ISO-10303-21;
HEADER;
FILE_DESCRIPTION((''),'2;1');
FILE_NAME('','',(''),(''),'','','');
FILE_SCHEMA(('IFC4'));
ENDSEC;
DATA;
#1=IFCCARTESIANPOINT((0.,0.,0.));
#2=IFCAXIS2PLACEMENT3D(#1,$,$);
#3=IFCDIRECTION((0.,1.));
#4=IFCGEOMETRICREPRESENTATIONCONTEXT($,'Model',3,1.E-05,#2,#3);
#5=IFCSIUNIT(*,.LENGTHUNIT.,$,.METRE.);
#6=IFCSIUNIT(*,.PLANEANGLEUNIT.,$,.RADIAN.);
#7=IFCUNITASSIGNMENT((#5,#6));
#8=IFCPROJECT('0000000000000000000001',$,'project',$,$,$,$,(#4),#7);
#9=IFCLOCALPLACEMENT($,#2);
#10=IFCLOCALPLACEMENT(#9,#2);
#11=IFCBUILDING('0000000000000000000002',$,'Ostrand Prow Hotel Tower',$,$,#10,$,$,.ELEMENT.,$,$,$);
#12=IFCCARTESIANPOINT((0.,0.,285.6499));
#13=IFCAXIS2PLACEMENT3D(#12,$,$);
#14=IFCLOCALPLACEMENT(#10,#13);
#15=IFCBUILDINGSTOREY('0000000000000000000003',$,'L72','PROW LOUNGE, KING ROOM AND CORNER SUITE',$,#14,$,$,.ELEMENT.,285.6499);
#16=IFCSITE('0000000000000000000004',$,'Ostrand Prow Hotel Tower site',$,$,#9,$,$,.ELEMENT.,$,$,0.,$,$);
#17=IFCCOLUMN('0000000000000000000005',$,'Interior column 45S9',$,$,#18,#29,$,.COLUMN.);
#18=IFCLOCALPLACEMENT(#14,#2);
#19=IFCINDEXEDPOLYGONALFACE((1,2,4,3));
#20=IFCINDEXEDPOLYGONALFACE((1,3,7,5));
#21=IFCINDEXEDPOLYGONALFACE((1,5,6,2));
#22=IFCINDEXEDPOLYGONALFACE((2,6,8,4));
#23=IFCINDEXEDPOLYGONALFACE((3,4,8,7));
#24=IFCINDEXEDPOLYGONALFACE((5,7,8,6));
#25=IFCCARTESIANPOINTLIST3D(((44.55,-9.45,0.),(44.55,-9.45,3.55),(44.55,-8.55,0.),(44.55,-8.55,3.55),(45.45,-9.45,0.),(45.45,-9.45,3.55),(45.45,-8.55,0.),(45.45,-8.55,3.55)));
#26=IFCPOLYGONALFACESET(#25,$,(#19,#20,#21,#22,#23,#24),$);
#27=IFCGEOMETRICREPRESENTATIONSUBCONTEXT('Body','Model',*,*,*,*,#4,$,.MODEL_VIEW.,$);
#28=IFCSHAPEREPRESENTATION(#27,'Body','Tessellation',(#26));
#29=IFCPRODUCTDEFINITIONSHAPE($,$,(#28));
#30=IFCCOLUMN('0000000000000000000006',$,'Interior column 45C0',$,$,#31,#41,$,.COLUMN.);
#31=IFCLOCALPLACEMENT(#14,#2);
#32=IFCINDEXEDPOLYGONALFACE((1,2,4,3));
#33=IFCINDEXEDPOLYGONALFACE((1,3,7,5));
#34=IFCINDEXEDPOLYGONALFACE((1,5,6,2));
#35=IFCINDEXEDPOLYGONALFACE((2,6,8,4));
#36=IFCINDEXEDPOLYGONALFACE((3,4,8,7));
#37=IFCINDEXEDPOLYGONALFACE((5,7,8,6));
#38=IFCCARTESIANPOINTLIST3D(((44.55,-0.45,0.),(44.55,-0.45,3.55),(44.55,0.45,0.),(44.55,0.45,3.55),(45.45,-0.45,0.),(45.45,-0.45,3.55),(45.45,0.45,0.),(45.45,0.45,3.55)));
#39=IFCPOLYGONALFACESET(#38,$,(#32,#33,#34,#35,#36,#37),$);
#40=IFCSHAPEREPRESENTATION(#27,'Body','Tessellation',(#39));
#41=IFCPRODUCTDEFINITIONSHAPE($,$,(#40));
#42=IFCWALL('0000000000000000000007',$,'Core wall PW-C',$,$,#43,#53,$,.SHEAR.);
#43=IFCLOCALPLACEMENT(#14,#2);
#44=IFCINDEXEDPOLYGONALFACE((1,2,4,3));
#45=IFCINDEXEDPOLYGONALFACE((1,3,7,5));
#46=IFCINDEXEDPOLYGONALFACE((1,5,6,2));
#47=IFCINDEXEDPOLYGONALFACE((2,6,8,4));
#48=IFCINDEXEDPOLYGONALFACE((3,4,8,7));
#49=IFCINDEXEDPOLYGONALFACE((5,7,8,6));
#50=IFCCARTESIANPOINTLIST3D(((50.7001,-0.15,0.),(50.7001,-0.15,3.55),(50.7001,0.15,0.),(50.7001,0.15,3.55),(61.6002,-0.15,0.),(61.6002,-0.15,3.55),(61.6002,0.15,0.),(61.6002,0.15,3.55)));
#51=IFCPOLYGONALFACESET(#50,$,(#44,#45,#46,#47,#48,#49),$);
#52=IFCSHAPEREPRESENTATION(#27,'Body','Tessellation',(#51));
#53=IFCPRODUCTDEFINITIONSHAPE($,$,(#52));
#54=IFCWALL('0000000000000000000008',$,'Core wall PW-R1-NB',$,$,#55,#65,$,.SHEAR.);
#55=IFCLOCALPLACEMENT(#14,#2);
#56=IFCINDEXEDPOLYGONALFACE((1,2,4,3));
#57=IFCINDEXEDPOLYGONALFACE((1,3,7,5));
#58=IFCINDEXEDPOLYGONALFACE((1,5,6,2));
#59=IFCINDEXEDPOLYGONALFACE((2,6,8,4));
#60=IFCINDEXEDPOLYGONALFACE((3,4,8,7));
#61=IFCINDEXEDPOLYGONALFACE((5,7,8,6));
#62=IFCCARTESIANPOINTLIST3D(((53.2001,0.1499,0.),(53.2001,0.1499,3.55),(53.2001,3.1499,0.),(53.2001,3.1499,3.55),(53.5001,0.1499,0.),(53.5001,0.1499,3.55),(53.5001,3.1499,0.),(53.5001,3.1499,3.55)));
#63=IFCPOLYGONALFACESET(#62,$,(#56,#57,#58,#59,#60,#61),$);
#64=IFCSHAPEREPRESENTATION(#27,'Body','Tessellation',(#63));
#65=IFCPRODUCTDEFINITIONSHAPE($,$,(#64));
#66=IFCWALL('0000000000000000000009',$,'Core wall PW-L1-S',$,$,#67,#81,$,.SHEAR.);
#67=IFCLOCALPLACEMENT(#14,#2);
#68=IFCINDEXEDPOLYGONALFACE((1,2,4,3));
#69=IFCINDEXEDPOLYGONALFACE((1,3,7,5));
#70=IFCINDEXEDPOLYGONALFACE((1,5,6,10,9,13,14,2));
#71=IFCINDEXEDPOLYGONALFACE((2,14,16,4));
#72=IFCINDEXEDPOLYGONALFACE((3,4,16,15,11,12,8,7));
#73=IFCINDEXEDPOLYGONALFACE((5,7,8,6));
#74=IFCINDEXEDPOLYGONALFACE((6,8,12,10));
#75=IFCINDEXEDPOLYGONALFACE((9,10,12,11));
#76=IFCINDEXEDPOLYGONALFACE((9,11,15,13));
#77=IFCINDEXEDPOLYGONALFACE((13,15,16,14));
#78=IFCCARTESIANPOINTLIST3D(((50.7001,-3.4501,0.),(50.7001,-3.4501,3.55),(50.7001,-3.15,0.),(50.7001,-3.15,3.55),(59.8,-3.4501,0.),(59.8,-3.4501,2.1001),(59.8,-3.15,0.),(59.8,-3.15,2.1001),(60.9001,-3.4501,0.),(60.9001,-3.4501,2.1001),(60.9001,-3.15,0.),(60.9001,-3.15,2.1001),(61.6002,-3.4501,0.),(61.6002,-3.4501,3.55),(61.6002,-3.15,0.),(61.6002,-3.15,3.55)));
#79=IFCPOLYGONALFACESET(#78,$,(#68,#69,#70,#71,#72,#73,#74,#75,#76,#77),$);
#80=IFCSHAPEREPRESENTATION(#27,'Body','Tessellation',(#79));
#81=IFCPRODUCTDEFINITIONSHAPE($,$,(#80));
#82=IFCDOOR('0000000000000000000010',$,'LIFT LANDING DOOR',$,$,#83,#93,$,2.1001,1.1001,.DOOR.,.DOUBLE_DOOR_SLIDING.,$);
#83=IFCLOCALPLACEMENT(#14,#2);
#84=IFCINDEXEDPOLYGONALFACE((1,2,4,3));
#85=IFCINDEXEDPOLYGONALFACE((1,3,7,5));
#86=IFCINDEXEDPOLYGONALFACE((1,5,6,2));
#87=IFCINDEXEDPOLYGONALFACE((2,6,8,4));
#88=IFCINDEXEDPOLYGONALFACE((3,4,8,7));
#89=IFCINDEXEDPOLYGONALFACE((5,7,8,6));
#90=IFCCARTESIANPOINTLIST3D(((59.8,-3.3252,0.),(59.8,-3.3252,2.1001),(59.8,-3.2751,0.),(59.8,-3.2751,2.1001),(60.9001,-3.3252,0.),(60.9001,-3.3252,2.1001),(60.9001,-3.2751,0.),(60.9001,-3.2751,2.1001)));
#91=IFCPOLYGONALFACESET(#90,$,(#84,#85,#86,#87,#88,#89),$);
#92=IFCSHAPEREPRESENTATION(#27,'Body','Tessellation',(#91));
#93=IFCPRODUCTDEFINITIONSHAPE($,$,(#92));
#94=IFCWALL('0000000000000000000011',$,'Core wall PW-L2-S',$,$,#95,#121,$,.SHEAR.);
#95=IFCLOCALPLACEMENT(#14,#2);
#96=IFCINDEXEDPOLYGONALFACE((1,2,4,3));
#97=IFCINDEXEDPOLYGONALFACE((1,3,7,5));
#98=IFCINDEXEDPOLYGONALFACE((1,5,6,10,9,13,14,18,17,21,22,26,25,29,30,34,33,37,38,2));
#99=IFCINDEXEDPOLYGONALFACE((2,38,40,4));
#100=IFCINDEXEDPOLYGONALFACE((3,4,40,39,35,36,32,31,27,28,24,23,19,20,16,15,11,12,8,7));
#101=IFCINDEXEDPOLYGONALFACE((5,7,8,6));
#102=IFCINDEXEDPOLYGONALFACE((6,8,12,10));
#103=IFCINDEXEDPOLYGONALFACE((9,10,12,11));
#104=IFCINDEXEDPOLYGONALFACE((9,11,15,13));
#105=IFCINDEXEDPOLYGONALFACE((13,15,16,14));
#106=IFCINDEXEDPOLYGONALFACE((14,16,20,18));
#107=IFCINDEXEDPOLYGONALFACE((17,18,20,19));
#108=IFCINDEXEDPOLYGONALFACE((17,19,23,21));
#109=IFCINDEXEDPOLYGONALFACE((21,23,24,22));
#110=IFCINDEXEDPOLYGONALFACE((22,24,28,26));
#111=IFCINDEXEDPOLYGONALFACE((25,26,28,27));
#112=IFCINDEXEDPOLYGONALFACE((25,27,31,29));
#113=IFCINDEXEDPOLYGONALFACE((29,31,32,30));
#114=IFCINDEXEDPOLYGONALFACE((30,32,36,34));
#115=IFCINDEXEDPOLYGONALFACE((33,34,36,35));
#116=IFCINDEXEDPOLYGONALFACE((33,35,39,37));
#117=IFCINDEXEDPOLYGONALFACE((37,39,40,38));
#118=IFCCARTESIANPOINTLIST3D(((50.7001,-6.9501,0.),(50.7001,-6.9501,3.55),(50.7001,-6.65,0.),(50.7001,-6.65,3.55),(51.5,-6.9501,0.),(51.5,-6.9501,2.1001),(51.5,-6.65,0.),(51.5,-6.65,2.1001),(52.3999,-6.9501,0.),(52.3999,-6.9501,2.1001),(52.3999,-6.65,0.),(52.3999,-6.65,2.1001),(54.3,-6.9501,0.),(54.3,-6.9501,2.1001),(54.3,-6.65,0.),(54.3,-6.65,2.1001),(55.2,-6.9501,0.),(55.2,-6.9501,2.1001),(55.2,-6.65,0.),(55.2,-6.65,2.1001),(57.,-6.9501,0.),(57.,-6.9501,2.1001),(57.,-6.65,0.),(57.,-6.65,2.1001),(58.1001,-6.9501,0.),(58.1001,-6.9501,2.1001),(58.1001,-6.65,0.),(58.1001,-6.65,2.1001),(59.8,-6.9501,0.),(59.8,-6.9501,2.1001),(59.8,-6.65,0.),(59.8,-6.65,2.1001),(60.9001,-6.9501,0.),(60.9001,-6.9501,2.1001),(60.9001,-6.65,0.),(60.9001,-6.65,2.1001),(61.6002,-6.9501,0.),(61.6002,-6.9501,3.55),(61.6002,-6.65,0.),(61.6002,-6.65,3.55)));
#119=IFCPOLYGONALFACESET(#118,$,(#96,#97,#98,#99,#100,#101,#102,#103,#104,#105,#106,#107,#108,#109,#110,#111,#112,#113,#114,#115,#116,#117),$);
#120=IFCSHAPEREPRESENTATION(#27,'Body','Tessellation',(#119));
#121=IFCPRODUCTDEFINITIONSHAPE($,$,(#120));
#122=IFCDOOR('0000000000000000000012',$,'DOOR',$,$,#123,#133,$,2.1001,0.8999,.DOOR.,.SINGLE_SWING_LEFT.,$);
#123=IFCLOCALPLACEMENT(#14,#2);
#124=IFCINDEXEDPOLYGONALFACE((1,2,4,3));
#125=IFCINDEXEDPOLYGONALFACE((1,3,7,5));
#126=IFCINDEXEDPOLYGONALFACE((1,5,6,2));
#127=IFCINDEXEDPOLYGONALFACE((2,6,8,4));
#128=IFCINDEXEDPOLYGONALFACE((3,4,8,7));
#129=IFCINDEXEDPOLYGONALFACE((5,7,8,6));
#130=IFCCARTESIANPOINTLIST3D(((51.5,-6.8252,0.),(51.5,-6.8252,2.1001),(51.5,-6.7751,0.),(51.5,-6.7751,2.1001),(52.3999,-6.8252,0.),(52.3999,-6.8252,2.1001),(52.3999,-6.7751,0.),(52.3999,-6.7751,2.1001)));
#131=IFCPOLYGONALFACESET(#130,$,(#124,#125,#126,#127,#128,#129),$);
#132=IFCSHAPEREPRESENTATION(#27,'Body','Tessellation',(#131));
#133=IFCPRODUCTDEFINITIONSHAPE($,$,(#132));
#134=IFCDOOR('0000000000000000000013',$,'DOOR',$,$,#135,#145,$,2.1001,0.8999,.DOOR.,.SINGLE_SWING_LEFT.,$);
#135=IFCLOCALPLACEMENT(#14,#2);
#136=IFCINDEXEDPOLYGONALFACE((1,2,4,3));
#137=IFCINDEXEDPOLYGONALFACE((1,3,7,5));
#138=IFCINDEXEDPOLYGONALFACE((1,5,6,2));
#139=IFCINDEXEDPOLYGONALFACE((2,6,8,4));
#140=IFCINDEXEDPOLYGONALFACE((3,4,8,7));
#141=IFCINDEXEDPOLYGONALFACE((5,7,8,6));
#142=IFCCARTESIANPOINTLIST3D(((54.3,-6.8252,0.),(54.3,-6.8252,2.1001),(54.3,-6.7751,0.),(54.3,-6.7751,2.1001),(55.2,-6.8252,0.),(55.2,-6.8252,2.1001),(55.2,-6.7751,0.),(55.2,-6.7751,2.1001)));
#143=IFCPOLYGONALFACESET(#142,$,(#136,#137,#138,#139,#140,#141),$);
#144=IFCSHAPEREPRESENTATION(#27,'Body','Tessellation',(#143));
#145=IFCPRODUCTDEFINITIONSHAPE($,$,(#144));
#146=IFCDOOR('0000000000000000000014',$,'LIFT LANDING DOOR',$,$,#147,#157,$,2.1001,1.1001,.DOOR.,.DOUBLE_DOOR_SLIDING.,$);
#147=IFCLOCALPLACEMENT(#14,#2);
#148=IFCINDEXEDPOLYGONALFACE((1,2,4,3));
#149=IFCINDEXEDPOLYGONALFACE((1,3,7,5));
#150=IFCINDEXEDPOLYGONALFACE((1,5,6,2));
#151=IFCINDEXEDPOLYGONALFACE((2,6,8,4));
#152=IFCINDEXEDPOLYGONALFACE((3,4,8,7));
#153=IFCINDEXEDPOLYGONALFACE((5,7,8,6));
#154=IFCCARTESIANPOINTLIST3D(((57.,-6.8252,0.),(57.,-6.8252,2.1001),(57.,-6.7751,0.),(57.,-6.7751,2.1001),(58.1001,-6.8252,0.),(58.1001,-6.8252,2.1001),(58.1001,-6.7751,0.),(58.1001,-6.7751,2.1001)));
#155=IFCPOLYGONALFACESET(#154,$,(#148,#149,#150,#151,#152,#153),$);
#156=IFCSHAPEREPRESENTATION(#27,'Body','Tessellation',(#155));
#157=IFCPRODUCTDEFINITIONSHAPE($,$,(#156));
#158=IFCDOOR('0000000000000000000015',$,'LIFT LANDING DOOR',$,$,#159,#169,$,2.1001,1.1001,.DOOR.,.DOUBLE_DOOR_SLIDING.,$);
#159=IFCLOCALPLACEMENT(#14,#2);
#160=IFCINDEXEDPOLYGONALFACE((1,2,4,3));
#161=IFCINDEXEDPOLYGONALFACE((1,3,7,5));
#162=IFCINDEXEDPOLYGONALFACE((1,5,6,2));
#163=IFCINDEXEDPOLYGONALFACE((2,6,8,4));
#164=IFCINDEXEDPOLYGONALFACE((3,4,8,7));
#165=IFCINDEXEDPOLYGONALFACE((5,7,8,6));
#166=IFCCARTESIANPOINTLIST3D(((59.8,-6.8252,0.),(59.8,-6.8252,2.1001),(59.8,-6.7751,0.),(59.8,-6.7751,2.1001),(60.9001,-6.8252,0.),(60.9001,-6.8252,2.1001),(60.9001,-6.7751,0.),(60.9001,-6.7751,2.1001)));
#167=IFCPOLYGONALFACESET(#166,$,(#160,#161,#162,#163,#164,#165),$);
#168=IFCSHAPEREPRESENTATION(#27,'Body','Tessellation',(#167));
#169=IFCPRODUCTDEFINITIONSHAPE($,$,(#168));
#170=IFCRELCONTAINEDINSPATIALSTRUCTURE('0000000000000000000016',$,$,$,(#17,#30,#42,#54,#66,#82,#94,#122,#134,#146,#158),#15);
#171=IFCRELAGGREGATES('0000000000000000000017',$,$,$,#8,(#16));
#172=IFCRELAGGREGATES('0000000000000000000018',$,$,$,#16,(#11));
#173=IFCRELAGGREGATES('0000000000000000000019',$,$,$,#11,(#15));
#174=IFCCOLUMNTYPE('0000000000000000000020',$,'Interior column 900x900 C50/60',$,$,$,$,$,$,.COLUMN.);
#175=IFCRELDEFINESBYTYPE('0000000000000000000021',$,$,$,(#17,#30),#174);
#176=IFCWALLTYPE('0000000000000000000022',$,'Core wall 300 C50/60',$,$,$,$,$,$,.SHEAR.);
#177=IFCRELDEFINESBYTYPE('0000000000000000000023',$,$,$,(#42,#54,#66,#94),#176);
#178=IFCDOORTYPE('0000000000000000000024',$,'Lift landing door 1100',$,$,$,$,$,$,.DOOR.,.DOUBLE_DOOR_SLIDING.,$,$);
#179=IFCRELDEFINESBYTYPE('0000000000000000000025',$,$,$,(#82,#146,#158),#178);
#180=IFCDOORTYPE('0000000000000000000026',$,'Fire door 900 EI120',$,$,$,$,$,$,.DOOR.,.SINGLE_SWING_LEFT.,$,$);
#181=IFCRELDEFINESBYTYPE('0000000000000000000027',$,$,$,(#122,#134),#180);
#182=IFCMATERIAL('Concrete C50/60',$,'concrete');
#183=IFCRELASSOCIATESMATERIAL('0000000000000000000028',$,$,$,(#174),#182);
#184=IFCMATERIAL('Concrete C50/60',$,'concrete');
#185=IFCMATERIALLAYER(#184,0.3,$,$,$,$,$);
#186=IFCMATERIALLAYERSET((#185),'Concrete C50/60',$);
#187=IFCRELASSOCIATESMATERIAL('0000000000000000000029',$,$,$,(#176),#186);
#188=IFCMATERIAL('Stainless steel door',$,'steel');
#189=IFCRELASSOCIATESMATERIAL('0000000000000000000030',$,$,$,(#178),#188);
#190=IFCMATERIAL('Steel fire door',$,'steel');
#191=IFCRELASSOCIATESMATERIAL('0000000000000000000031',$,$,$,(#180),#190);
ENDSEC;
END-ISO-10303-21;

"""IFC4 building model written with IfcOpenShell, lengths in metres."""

from ifc_helpers import new_model, si_unit, direction, frame, frame_2d, origin, origin_2d, place, context, subcontext, project, spatial, rectangle, extrude, material, layer, layer_set, material_profile, profile_set, type_object, element, fill, save


model = new_model("IFC4")

# Units and contexts
model_context = context("Model", 3, precision=1e-05, world=origin(), true_north=direction((0.0, 1.0)))
body_context = subcontext(model_context, "Body", "Model", "MODEL_VIEW")
ifc_project = project(units=[si_unit("LENGTHUNIT", "METRE"), si_unit("PLANEANGLEUNIT", "RADIAN")], contexts=[model_context])

# Site, building, storey
site_placement = place(None, origin())
site = spatial("IfcSite", under=ifc_project, at=site_placement, Name="Ostrand Prow Hotel Tower site", CompositionType="ELEMENT", RefElevation=0.0)
building_placement = place(site_placement, origin())
building = spatial("IfcBuilding", under=site, at=building_placement, Name="Ostrand Prow Hotel Tower", CompositionType="ELEMENT")
storey_placement = place(building_placement, frame((0.0, 0.0, 285.6499)))
storey = spatial("IfcBuildingStorey", under=building, at=storey_placement, Name="L72", Description="PROW LOUNGE, KING ROOM AND CORNER SUITE", CompositionType="ELEMENT", Elevation=285.6499)

# Columns
ifc_material_1 = material(Name="Concrete C50/60", Category="concrete")
ifc_material_profile = material_profile(ifc_material_1, rectangle(XDim=0.8999, YDim=0.8999, at=origin_2d()), Name="RC 900x900")
ifc_profile_set = profile_set([ifc_material_profile], Name="Concrete C50/60")
column_type = type_object("IfcColumnType", Name="Interior column 900x900 C50/60", PredefinedType="COLUMN", material=ifc_profile_set)
for number, where, z_axis, x_axis, name in (
    (1, (45.0, -9.0, 0.0), (0.0, 0.0, 1.0), (1.0, 0.0, 0.0), "Interior column 45S9"),
    (2, (45.0, 0.0, 0.0), (0.0, 0.0, 1.0), (1.0, 0.0, 0.0), "Interior column 45C0"),
):
    element("IfcColumn", number, at=place(storey_placement, frame(where, z_axis=z_axis, x_axis=x_axis)), inside=storey, type_object=column_type, Name=name, PredefinedType="COLUMN", context=body_context, shape_type="SweptSolid", body=[
        extrude(rectangle(XDim=0.8999, YDim=0.8999, at=origin_2d()), origin(), (0.0, 0.0, 1.0), 3.55),
    ])

# Walls
ifc_material_2 = material(Name="Concrete C50/60", Category="concrete")
ifc_layer_1 = layer(ifc_material_2, 0.3)
ifc_layer_set_1 = layer_set([ifc_layer_1], Name="Concrete C50/60")
wall_type_1 = type_object("IfcWallType", Name="Core wall 300 C50/60", PredefinedType="SHEAR", material=ifc_layer_set_1)
wall_1_placement = place(storey_placement, frame((50.7, 0.0, 0.0), z_axis=(0.0, 0.0, 1.0), x_axis=(1.0, 0.0, 0.0)))
element("IfcWall", 3, at=wall_1_placement, inside=storey, type_object=wall_type_1, Name="Core wall PW-C", PredefinedType="SHEAR", context=body_context, shape_type="SweptSolid", body=[
    extrude(rectangle(XDim=10.9001, YDim=0.3, at=frame_2d((5.4502, 0.0))), origin(), (0.0, 0.0, 1.0), 3.55),
])
wall_2_placement = place(storey_placement, frame((53.3501, 0.1499, 0.0), z_axis=(0.0, 0.0, 1.0), x_axis=(0.0, 1.0, 0.0)))
element("IfcWall", 4, at=wall_2_placement, inside=storey, type_object=wall_type_1, Name="Core wall PW-R1-NB", PredefinedType="SHEAR", context=body_context, shape_type="SweptSolid", body=[
    extrude(rectangle(XDim=3.0, YDim=0.3, at=frame_2d((1.5, 0.0))), origin(), (0.0, 0.0, 1.0), 3.55),
])

# Wall, opening, door
wall_3_placement = place(storey_placement, frame((50.7, -3.3, 0.0), z_axis=(0.0, 0.0, 1.0), x_axis=(1.0, 0.0, 0.0)))
wall_3 = element("IfcWall", 5, at=wall_3_placement, inside=storey, type_object=wall_type_1, Name="Core wall PW-L1-S", PredefinedType="SHEAR", context=body_context, shape_type="SweptSolid", body=[
    extrude(rectangle(XDim=10.9001, YDim=0.3, at=frame_2d((5.4502, 0.0))), origin(), (0.0, 0.0, 1.0), 3.55),
])
opening_1_placement = place(wall_3_placement, frame((9.1001, 0.0, 0.0)))
opening_1 = element("IfcOpeningElement", 6, at=opening_1_placement, cuts=wall_3, PredefinedType="OPENING", context=body_context, shape_type="SweptSolid", body=[
    extrude(rectangle(XDim=1.1001, YDim=2.1001, at=frame_2d((0.55, 1.05))), frame((0.0, 0.1599, 0.0), z_axis=(0.0, -1.0, 0.0), x_axis=(1.0, 0.0, 0.0)), (0.0, 0.0, 1.0), 0.3201),
])
ifc_material_3 = material(Name="Stainless steel door", Category="steel")
door_type_1 = type_object("IfcDoorType", Name="Lift landing door 1100", OperationType="DOUBLE_DOOR_SLIDING", PredefinedType="DOOR", material=ifc_material_3)
door_1_placement = place(opening_1_placement, origin())
door_1 = element("IfcDoor", 7, at=door_1_placement, inside=storey, type_object=door_type_1, Name="LIFT LANDING DOOR", OperationType="DOUBLE_DOOR_SLIDING", OverallHeight=2.1001, OverallWidth=1.1001, PredefinedType="DOOR", context=body_context, shape_type="SweptSolid", body=[
    extrude(rectangle(XDim=1.1001, YDim=2.1001, at=frame_2d((0.55, 1.05))), frame((0.0, 0.0249, 0.0), z_axis=(0.0, -1.0, 0.0), x_axis=(1.0, 0.0, 0.0)), (0.0, 0.0, 1.0), 0.05),
])
fill(opening_1, door_1)

# Wall, openings, doors
wall_4_placement = place(storey_placement, frame((50.7, -6.8, 0.0), z_axis=(0.0, 0.0, 1.0), x_axis=(1.0, 0.0, 0.0)))
wall_4 = element("IfcWall", 8, at=wall_4_placement, inside=storey, type_object=wall_type_1, Name="Core wall PW-L2-S", PredefinedType="SHEAR", context=body_context, shape_type="SweptSolid", body=[
    extrude(rectangle(XDim=10.9001, YDim=0.3, at=frame_2d((5.4502, 0.0))), origin(), (0.0, 0.0, 1.0), 3.55),
])
opening_2_placement = place(wall_4_placement, frame((6.3, 0.0, 0.0)))
opening_2 = element("IfcOpeningElement", 9, at=opening_2_placement, cuts=wall_4, PredefinedType="OPENING", context=body_context, shape_type="SweptSolid", body=[
    extrude(rectangle(XDim=1.1001, YDim=2.1001, at=frame_2d((0.55, 1.05))), frame((0.0, 0.1599, 0.0), z_axis=(0.0, -1.0, 0.0), x_axis=(1.0, 0.0, 0.0)), (0.0, 0.0, 1.0), 0.3201),
])
opening_3_placement = place(wall_4_placement, frame((9.1001, 0.0, 0.0)))
opening_3 = element("IfcOpeningElement", 10, at=opening_3_placement, cuts=wall_4, PredefinedType="OPENING", context=body_context, shape_type="SweptSolid", body=[
    extrude(rectangle(XDim=1.1001, YDim=2.1001, at=frame_2d((0.55, 1.05))), frame((0.0, 0.1599, 0.0), z_axis=(0.0, -1.0, 0.0), x_axis=(1.0, 0.0, 0.0)), (0.0, 0.0, 1.0), 0.3201),
])
opening_4_placement = place(wall_4_placement, frame((0.8, 0.0, 0.0)))
opening_4 = element("IfcOpeningElement", 11, at=opening_4_placement, cuts=wall_4, PredefinedType="OPENING", context=body_context, shape_type="SweptSolid", body=[
    extrude(rectangle(XDim=0.8999, YDim=2.1001, at=frame_2d((0.45, 1.05))), frame((0.0, 0.1599, 0.0), z_axis=(0.0, -1.0, 0.0), x_axis=(1.0, 0.0, 0.0)), (0.0, 0.0, 1.0), 0.3201),
])
opening_5_placement = place(wall_4_placement, frame((3.6001, 0.0, 0.0)))
opening_5 = element("IfcOpeningElement", 12, at=opening_5_placement, cuts=wall_4, PredefinedType="OPENING", context=body_context, shape_type="SweptSolid", body=[
    extrude(rectangle(XDim=0.8999, YDim=2.1001, at=frame_2d((0.45, 1.05))), frame((0.0, 0.1599, 0.0), z_axis=(0.0, -1.0, 0.0), x_axis=(1.0, 0.0, 0.0)), (0.0, 0.0, 1.0), 0.3201),
])
ifc_material_4 = material(Name="Steel fire door", Category="steel")
door_type_2 = type_object("IfcDoorType", Name="Fire door 900 EI120", OperationType="SINGLE_SWING_LEFT", PredefinedType="DOOR", material=ifc_material_4)
door_2_placement = place(opening_4_placement, origin())
door_2 = element("IfcDoor", 13, at=door_2_placement, inside=storey, type_object=door_type_2, Name="DOOR", OperationType="SINGLE_SWING_LEFT", OverallHeight=2.1001, OverallWidth=0.8999, PredefinedType="DOOR", context=body_context, shape_type="SweptSolid", body=[
    extrude(rectangle(XDim=0.8999, YDim=2.1001, at=frame_2d((0.45, 1.05))), frame((0.0, 0.0249, 0.0), z_axis=(0.0, -1.0, 0.0), x_axis=(1.0, 0.0, 0.0)), (0.0, 0.0, 1.0), 0.05),
])
fill(opening_4, door_2)
door_3_placement = place(opening_5_placement, origin())
door_3 = element("IfcDoor", 14, at=door_3_placement, inside=storey, type_object=door_type_2, Name="DOOR", OperationType="SINGLE_SWING_LEFT", OverallHeight=2.1001, OverallWidth=0.8999, PredefinedType="DOOR", context=body_context, shape_type="SweptSolid", body=[
    extrude(rectangle(XDim=0.8999, YDim=2.1001, at=frame_2d((0.45, 1.05))), frame((0.0, 0.0249, 0.0), z_axis=(0.0, -1.0, 0.0), x_axis=(1.0, 0.0, 0.0)), (0.0, 0.0, 1.0), 0.05),
])
fill(opening_5, door_3)
door_4_placement = place(opening_2_placement, origin())
door_4 = element("IfcDoor", 15, at=door_4_placement, inside=storey, type_object=door_type_1, Name="LIFT LANDING DOOR", OperationType="DOUBLE_DOOR_SLIDING", OverallHeight=2.1001, OverallWidth=1.1001, PredefinedType="DOOR", context=body_context, shape_type="SweptSolid", body=[
    extrude(rectangle(XDim=1.1001, YDim=2.1001, at=frame_2d((0.55, 1.05))), frame((0.0, 0.0249, 0.0), z_axis=(0.0, -1.0, 0.0), x_axis=(1.0, 0.0, 0.0)), (0.0, 0.0, 1.0), 0.05),
])
fill(opening_2, door_4)
door_5_placement = place(opening_3_placement, origin())
door_5 = element("IfcDoor", 16, at=door_5_placement, inside=storey, type_object=door_type_1, Name="LIFT LANDING DOOR", OperationType="DOUBLE_DOOR_SLIDING", OverallHeight=2.1001, OverallWidth=1.1001, PredefinedType="DOOR", context=body_context, shape_type="SweptSolid", body=[
    extrude(rectangle(XDim=1.1001, YDim=2.1001, at=frame_2d((0.55, 1.05))), frame((0.0, 0.0249, 0.0), z_axis=(0.0, -1.0, 0.0), x_axis=(1.0, 0.0, 0.0)), (0.0, 0.0, 1.0), 0.05),
])
fill(opening_3, door_5)

save(model, "model.ifc")
